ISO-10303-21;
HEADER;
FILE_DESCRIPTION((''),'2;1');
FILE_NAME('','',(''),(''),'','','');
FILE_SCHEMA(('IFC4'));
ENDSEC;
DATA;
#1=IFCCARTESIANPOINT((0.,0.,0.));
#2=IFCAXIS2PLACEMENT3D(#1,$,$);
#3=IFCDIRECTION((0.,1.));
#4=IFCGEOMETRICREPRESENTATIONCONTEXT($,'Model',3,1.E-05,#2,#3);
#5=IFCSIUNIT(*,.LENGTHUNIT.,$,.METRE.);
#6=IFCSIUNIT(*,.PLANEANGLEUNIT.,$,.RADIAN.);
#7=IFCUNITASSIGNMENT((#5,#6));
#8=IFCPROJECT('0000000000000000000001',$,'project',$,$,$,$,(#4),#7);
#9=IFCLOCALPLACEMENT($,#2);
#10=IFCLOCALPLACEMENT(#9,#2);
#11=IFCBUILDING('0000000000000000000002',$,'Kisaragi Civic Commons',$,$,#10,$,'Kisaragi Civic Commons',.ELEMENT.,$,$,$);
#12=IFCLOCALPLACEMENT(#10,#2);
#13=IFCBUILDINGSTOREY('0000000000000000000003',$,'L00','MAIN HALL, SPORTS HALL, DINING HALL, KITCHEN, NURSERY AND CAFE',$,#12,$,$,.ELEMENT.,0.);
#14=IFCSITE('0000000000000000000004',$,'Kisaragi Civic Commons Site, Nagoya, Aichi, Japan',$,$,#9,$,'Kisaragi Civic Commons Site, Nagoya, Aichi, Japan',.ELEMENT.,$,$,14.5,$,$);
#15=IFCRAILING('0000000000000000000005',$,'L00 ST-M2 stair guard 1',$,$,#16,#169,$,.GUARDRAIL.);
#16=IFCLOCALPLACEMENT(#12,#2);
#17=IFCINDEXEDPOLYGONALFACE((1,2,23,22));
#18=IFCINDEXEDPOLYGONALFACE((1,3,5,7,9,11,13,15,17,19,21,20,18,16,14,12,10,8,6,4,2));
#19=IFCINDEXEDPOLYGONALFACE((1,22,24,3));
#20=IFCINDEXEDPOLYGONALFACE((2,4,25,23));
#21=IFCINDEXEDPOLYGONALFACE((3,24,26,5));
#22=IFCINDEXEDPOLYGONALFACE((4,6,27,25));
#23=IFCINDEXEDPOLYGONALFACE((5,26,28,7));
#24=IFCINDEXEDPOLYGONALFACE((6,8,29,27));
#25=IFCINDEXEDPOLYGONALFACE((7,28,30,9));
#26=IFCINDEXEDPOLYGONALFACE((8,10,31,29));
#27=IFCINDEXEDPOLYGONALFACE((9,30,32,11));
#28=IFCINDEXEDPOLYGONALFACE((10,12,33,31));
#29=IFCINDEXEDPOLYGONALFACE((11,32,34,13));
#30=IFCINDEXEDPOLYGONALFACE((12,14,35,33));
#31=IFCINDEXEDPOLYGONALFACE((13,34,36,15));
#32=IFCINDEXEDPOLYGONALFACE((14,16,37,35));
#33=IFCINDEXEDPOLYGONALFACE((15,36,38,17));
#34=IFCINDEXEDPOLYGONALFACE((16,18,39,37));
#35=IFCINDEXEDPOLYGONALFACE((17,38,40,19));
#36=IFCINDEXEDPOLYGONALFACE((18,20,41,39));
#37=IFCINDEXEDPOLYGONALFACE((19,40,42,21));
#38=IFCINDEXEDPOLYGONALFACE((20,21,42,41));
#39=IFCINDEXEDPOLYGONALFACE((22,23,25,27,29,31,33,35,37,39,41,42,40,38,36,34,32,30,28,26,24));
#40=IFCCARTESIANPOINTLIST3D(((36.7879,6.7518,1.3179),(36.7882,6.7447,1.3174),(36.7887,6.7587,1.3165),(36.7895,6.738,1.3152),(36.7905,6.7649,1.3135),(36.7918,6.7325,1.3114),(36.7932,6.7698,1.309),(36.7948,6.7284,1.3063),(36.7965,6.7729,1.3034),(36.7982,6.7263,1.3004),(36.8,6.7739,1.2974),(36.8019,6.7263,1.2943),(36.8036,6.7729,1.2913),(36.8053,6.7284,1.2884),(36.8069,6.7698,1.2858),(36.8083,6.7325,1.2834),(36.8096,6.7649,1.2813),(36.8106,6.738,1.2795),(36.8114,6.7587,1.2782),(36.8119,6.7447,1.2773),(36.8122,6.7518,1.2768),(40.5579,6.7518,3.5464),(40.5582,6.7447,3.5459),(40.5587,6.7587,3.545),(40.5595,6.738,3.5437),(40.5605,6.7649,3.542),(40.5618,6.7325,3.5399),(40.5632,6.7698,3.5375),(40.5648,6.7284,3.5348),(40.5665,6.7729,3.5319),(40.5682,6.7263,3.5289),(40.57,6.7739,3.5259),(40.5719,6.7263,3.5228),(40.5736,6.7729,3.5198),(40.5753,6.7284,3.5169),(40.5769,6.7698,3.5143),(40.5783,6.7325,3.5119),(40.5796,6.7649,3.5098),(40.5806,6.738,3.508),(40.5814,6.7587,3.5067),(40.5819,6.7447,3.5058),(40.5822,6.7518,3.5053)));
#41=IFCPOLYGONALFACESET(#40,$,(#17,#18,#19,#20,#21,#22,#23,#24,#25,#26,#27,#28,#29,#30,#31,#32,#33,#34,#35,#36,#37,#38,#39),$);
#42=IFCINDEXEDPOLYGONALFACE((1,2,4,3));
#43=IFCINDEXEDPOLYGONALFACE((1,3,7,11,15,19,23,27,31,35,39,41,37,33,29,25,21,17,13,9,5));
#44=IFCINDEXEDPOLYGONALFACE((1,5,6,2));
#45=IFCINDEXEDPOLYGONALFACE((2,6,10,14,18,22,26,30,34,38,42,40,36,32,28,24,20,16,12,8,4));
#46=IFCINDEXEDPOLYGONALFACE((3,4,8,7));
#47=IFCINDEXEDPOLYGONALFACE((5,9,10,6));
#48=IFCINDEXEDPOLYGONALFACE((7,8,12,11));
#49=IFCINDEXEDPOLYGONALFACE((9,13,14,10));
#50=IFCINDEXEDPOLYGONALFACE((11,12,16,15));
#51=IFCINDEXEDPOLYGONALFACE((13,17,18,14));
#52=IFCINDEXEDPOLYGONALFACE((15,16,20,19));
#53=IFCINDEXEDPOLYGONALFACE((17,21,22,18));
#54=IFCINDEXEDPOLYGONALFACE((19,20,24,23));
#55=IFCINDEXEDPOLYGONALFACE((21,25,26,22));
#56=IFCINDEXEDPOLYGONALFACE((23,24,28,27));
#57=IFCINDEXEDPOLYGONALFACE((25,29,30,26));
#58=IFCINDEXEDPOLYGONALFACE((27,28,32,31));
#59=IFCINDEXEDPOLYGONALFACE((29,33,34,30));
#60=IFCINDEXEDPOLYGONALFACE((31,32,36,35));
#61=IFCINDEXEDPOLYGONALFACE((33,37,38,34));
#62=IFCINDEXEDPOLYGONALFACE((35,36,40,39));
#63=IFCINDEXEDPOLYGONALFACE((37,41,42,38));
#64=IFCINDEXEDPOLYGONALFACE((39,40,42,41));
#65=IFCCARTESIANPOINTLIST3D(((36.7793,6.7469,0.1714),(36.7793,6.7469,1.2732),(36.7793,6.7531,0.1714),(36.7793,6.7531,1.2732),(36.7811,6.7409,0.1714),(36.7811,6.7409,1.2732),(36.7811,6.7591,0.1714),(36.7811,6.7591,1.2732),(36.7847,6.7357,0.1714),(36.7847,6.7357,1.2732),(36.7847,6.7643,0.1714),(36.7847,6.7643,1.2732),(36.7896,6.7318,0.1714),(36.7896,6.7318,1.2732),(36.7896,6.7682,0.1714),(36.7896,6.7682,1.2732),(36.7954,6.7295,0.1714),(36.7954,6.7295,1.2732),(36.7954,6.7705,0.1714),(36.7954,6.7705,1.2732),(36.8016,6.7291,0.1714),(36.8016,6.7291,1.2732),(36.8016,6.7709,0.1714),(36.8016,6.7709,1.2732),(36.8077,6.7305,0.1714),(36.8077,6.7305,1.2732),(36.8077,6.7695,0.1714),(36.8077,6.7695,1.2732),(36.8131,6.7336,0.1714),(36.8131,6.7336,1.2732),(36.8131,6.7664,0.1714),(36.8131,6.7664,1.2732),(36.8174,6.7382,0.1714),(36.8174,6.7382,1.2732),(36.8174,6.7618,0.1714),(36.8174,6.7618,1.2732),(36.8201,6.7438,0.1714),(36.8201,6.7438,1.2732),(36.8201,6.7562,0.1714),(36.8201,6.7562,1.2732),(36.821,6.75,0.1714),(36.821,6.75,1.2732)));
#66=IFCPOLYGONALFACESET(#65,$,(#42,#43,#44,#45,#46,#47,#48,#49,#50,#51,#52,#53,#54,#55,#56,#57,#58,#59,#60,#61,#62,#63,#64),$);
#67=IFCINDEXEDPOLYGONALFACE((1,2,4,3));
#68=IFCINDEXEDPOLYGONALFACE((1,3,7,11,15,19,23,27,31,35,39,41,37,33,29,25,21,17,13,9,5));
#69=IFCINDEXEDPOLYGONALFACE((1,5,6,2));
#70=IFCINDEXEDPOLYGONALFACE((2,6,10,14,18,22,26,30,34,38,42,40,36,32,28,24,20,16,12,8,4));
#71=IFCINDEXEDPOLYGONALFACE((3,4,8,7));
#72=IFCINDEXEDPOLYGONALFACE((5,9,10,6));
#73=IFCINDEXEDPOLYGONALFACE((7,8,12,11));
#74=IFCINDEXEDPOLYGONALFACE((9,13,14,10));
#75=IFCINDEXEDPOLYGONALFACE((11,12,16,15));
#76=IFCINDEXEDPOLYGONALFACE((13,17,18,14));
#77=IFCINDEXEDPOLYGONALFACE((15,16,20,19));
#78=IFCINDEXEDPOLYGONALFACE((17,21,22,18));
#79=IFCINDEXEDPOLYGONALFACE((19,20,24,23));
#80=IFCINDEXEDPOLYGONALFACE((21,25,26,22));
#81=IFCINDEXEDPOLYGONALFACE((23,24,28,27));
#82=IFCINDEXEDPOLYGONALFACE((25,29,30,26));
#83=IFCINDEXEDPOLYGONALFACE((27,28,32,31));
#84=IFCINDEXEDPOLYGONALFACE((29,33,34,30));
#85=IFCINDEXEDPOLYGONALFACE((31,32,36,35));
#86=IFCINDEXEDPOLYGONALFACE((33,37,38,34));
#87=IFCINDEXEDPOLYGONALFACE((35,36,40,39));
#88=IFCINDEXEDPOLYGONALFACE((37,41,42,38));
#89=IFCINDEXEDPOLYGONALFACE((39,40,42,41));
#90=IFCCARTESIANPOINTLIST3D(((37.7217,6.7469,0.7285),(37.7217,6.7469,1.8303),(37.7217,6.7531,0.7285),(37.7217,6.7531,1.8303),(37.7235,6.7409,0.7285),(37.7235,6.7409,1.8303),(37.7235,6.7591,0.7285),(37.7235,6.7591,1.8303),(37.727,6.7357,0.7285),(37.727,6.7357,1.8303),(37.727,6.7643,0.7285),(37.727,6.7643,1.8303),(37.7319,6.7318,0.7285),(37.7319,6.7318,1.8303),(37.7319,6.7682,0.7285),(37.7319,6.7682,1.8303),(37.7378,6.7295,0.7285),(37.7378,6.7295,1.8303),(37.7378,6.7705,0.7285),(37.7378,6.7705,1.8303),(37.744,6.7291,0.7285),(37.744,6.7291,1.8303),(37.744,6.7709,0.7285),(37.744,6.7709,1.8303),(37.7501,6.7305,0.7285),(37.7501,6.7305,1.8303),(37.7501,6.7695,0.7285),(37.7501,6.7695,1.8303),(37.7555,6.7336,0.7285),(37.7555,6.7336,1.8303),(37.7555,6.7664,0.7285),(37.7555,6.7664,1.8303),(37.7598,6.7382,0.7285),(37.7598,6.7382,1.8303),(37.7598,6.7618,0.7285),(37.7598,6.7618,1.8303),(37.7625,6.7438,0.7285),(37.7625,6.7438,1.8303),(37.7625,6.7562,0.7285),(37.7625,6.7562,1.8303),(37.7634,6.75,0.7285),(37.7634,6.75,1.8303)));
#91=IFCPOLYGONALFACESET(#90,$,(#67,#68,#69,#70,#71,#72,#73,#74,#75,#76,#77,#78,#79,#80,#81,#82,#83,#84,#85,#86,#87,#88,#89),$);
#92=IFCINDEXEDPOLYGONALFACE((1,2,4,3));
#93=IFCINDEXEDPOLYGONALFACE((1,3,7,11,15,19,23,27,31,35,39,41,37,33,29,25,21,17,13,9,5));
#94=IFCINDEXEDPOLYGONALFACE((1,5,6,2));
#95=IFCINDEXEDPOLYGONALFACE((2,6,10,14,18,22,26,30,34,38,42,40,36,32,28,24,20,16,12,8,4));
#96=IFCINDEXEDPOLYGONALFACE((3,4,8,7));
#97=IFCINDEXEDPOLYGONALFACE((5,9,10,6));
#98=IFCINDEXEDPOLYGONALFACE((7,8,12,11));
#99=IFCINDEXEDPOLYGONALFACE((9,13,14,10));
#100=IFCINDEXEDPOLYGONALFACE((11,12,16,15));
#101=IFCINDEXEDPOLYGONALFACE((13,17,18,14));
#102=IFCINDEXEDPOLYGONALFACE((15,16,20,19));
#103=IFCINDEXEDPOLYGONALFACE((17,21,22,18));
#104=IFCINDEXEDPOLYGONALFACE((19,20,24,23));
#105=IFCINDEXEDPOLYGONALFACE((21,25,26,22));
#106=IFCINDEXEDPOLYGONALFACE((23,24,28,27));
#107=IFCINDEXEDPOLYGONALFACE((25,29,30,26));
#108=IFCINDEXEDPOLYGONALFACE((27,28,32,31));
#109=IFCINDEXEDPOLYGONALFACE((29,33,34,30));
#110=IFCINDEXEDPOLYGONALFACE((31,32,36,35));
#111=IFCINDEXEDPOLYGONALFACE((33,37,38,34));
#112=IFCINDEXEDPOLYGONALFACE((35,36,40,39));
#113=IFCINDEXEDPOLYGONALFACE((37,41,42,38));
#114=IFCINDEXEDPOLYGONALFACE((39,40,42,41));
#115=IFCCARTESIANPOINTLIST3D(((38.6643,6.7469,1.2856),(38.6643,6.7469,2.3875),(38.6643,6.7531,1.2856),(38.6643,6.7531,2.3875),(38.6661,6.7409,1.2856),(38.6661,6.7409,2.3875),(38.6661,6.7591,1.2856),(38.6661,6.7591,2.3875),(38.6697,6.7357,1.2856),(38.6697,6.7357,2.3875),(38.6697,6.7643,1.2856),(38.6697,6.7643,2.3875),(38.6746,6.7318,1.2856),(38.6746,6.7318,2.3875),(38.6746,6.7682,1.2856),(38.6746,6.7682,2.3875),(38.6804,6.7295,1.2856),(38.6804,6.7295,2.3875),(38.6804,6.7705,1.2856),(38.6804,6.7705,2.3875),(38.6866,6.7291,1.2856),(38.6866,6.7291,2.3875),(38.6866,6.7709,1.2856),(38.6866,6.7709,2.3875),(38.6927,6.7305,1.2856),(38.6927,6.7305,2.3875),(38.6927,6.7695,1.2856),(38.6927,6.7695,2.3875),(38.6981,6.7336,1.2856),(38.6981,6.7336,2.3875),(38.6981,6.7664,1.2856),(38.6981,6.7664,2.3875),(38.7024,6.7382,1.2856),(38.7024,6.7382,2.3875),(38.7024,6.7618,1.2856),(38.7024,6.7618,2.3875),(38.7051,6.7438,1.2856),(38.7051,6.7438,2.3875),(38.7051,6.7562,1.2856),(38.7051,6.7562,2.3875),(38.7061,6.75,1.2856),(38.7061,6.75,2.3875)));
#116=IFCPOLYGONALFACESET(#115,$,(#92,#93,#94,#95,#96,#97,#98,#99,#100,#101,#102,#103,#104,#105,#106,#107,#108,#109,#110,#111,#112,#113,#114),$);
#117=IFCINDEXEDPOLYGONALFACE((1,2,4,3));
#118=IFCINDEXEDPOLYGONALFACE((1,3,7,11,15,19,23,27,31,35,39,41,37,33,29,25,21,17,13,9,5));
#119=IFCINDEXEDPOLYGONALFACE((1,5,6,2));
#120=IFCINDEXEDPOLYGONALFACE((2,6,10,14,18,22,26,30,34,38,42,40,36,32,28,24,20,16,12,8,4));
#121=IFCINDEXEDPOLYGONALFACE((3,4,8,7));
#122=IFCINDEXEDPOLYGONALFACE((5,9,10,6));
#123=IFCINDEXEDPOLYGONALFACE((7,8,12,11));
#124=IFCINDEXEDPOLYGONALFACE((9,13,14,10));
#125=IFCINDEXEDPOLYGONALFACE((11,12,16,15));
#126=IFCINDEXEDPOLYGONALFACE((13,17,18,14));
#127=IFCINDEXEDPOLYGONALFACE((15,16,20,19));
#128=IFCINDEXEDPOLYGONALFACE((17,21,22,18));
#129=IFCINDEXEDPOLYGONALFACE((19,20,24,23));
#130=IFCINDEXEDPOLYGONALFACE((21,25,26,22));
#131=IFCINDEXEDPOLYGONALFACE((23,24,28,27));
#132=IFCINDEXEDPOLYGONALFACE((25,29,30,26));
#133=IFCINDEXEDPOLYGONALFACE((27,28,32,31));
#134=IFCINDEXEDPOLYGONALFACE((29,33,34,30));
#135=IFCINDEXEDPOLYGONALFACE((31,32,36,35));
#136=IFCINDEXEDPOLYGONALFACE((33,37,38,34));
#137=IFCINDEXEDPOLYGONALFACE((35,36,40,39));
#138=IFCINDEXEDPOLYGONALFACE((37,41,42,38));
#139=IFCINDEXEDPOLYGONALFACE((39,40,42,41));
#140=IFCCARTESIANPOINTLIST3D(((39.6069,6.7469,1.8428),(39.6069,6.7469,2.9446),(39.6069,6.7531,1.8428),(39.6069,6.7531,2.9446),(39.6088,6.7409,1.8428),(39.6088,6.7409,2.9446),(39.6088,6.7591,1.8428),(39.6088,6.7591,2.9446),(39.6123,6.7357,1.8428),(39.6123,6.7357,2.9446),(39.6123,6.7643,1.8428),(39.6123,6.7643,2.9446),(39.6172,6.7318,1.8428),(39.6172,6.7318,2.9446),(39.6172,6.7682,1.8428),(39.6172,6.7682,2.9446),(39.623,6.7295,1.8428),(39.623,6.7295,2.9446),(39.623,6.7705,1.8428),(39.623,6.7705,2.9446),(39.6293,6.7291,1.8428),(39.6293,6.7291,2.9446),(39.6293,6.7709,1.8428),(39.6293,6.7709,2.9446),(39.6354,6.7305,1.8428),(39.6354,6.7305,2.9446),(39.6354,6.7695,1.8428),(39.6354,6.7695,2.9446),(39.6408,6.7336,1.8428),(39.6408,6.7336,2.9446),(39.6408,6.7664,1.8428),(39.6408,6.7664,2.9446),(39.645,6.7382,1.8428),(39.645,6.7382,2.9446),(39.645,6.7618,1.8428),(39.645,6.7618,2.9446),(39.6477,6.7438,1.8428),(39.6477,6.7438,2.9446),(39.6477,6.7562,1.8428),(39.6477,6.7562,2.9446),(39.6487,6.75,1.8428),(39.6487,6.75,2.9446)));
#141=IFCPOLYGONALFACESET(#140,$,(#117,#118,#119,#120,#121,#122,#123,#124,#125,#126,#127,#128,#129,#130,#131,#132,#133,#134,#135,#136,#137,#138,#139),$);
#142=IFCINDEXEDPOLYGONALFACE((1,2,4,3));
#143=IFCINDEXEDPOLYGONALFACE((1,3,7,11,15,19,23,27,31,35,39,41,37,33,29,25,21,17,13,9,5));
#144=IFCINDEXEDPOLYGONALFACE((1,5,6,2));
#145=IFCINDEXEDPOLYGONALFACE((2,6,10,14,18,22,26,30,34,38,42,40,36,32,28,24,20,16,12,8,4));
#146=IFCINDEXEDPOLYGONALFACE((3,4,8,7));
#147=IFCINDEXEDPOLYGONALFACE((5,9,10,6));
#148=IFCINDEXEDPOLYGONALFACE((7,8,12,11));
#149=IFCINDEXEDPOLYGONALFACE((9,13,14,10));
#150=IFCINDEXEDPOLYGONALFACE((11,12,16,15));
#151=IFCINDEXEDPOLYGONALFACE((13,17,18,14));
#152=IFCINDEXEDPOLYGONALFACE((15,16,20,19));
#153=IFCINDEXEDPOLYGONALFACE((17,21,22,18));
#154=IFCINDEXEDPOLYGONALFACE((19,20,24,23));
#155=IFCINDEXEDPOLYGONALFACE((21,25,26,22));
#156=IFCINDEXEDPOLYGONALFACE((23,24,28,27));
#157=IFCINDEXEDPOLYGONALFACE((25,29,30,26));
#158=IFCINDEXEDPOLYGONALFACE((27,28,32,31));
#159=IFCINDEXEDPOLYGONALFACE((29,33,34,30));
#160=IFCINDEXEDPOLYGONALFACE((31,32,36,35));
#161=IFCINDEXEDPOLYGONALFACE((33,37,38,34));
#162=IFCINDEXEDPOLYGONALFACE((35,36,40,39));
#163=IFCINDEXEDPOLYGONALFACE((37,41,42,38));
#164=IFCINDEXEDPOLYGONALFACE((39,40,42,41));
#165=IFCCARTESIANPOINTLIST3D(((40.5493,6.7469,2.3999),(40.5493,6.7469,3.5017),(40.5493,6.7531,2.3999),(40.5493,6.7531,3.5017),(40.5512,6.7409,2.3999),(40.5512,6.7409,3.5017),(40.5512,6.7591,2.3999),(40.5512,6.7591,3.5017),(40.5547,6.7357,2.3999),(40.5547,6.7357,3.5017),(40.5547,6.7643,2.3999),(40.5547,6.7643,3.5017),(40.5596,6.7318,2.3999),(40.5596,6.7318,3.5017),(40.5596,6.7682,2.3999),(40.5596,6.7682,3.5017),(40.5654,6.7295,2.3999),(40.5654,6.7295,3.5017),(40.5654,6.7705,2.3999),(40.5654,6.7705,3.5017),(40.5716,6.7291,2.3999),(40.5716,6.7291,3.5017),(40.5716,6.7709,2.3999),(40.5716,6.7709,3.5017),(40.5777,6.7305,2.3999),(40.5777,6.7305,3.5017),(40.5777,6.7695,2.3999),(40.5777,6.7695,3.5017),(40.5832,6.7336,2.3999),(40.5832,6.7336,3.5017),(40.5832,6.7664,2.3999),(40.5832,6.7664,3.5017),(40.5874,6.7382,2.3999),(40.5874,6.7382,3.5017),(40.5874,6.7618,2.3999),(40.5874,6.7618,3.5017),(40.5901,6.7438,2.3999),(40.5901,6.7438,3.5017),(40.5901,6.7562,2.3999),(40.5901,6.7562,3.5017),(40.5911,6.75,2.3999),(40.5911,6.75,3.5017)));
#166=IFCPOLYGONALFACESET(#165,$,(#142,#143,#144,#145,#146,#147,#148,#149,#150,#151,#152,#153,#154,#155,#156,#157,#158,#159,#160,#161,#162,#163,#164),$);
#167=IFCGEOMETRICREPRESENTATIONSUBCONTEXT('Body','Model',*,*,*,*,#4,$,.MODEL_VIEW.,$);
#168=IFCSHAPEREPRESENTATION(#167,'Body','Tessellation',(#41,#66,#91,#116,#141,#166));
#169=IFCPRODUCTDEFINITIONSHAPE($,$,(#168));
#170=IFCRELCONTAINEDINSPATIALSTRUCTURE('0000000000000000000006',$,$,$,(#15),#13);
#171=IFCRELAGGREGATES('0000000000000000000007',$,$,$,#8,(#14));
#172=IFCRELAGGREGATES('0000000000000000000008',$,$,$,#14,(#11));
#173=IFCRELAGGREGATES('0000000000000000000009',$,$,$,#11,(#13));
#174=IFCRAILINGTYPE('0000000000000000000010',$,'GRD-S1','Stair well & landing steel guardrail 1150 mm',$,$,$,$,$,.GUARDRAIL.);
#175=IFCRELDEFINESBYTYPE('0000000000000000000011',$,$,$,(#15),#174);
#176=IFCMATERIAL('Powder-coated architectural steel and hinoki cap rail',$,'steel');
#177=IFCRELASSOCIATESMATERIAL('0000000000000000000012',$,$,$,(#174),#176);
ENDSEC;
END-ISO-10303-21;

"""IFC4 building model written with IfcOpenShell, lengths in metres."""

from ifc_helpers import new_model, si_unit, direction, frame, origin, origin_2d, place, context, subcontext, project, spatial, circle, extrude, material, type_object, element, save


model = new_model("IFC4")

# Units and contexts
model_context = context("Model", 3, precision=1e-05, world=origin(), true_north=direction((0.0, 1.0)))
body_context = subcontext(model_context, "Body", "Model", "MODEL_VIEW")
ifc_project = project(units=[si_unit("LENGTHUNIT", "METRE"), si_unit("PLANEANGLEUNIT", "RADIAN")], contexts=[model_context])

# Site, building, storey
site_placement = place(None, origin())
site = spatial("IfcSite", under=ifc_project, at=site_placement, Name="Kisaragi Civic Commons Site, Nagoya, Aichi, Japan", LongName="Kisaragi Civic Commons Site, Nagoya, Aichi, Japan", CompositionType="ELEMENT", RefElevation=14.5)
building_placement = place(site_placement, origin())
building = spatial("IfcBuilding", under=site, at=building_placement, Name="Kisaragi Civic Commons", LongName="Kisaragi Civic Commons", CompositionType="ELEMENT")
storey_placement = place(building_placement, origin())
storey = spatial("IfcBuildingStorey", under=building, at=storey_placement, Name="L00", Description="MAIN HALL, SPORTS HALL, DINING HALL, KITCHEN, NURSERY AND CAFE", CompositionType="ELEMENT", Elevation=0.0)

# Railing
ifc_material_1 = material(Name="Powder-coated architectural steel and hinoki cap rail", Category="steel")
railing_type_1 = type_object("IfcRailingType", Name="GRD-S1", Description="Stair well & landing steel guardrail 1150 mm", PredefinedType="GUARDRAIL", material=ifc_material_1)
railing_1_placement = place(storey_placement, frame((36.8, 6.75, 0.1714)))
element("IfcRailing", 1, at=railing_1_placement, inside=storey, type_object=railing_type_1, Name="L00 ST-M2 stair guard 1", PredefinedType="GUARDRAIL", context=body_context, shape_type="SweptSolid", body=[
    extrude(circle(Radius=0.0239, at=origin_2d()), frame((0.0, 0.0, 1.126), z_axis=(0.860849, 0.0, 0.508861), x_axis=(0.0, 1.0, 0.0)), (0.0, 0.0, 1.0), 4.3794),
    extrude(circle(Radius=0.021, at=origin_2d()), origin(), (0.0, 0.0, 1.0), 1.1018),
    extrude(circle(Radius=0.021, at=origin_2d()), frame((0.9424, 0.0, 0.5571)), (0.0, 0.0, 1.0), 1.1018),
    extrude(circle(Radius=0.021, at=origin_2d()), frame((1.885, 0.0, 1.1143)), (0.0, 0.0, 1.0), 1.1018),
    extrude(circle(Radius=0.021, at=origin_2d()), frame((2.8276, 0.0, 1.6714)), (0.0, 0.0, 1.0), 1.1018),
    extrude(circle(Radius=0.021, at=origin_2d()), frame((3.77, 0.0, 2.2285)), (0.0, 0.0, 1.0), 1.1018),
])

save(model, "model.ifc")
